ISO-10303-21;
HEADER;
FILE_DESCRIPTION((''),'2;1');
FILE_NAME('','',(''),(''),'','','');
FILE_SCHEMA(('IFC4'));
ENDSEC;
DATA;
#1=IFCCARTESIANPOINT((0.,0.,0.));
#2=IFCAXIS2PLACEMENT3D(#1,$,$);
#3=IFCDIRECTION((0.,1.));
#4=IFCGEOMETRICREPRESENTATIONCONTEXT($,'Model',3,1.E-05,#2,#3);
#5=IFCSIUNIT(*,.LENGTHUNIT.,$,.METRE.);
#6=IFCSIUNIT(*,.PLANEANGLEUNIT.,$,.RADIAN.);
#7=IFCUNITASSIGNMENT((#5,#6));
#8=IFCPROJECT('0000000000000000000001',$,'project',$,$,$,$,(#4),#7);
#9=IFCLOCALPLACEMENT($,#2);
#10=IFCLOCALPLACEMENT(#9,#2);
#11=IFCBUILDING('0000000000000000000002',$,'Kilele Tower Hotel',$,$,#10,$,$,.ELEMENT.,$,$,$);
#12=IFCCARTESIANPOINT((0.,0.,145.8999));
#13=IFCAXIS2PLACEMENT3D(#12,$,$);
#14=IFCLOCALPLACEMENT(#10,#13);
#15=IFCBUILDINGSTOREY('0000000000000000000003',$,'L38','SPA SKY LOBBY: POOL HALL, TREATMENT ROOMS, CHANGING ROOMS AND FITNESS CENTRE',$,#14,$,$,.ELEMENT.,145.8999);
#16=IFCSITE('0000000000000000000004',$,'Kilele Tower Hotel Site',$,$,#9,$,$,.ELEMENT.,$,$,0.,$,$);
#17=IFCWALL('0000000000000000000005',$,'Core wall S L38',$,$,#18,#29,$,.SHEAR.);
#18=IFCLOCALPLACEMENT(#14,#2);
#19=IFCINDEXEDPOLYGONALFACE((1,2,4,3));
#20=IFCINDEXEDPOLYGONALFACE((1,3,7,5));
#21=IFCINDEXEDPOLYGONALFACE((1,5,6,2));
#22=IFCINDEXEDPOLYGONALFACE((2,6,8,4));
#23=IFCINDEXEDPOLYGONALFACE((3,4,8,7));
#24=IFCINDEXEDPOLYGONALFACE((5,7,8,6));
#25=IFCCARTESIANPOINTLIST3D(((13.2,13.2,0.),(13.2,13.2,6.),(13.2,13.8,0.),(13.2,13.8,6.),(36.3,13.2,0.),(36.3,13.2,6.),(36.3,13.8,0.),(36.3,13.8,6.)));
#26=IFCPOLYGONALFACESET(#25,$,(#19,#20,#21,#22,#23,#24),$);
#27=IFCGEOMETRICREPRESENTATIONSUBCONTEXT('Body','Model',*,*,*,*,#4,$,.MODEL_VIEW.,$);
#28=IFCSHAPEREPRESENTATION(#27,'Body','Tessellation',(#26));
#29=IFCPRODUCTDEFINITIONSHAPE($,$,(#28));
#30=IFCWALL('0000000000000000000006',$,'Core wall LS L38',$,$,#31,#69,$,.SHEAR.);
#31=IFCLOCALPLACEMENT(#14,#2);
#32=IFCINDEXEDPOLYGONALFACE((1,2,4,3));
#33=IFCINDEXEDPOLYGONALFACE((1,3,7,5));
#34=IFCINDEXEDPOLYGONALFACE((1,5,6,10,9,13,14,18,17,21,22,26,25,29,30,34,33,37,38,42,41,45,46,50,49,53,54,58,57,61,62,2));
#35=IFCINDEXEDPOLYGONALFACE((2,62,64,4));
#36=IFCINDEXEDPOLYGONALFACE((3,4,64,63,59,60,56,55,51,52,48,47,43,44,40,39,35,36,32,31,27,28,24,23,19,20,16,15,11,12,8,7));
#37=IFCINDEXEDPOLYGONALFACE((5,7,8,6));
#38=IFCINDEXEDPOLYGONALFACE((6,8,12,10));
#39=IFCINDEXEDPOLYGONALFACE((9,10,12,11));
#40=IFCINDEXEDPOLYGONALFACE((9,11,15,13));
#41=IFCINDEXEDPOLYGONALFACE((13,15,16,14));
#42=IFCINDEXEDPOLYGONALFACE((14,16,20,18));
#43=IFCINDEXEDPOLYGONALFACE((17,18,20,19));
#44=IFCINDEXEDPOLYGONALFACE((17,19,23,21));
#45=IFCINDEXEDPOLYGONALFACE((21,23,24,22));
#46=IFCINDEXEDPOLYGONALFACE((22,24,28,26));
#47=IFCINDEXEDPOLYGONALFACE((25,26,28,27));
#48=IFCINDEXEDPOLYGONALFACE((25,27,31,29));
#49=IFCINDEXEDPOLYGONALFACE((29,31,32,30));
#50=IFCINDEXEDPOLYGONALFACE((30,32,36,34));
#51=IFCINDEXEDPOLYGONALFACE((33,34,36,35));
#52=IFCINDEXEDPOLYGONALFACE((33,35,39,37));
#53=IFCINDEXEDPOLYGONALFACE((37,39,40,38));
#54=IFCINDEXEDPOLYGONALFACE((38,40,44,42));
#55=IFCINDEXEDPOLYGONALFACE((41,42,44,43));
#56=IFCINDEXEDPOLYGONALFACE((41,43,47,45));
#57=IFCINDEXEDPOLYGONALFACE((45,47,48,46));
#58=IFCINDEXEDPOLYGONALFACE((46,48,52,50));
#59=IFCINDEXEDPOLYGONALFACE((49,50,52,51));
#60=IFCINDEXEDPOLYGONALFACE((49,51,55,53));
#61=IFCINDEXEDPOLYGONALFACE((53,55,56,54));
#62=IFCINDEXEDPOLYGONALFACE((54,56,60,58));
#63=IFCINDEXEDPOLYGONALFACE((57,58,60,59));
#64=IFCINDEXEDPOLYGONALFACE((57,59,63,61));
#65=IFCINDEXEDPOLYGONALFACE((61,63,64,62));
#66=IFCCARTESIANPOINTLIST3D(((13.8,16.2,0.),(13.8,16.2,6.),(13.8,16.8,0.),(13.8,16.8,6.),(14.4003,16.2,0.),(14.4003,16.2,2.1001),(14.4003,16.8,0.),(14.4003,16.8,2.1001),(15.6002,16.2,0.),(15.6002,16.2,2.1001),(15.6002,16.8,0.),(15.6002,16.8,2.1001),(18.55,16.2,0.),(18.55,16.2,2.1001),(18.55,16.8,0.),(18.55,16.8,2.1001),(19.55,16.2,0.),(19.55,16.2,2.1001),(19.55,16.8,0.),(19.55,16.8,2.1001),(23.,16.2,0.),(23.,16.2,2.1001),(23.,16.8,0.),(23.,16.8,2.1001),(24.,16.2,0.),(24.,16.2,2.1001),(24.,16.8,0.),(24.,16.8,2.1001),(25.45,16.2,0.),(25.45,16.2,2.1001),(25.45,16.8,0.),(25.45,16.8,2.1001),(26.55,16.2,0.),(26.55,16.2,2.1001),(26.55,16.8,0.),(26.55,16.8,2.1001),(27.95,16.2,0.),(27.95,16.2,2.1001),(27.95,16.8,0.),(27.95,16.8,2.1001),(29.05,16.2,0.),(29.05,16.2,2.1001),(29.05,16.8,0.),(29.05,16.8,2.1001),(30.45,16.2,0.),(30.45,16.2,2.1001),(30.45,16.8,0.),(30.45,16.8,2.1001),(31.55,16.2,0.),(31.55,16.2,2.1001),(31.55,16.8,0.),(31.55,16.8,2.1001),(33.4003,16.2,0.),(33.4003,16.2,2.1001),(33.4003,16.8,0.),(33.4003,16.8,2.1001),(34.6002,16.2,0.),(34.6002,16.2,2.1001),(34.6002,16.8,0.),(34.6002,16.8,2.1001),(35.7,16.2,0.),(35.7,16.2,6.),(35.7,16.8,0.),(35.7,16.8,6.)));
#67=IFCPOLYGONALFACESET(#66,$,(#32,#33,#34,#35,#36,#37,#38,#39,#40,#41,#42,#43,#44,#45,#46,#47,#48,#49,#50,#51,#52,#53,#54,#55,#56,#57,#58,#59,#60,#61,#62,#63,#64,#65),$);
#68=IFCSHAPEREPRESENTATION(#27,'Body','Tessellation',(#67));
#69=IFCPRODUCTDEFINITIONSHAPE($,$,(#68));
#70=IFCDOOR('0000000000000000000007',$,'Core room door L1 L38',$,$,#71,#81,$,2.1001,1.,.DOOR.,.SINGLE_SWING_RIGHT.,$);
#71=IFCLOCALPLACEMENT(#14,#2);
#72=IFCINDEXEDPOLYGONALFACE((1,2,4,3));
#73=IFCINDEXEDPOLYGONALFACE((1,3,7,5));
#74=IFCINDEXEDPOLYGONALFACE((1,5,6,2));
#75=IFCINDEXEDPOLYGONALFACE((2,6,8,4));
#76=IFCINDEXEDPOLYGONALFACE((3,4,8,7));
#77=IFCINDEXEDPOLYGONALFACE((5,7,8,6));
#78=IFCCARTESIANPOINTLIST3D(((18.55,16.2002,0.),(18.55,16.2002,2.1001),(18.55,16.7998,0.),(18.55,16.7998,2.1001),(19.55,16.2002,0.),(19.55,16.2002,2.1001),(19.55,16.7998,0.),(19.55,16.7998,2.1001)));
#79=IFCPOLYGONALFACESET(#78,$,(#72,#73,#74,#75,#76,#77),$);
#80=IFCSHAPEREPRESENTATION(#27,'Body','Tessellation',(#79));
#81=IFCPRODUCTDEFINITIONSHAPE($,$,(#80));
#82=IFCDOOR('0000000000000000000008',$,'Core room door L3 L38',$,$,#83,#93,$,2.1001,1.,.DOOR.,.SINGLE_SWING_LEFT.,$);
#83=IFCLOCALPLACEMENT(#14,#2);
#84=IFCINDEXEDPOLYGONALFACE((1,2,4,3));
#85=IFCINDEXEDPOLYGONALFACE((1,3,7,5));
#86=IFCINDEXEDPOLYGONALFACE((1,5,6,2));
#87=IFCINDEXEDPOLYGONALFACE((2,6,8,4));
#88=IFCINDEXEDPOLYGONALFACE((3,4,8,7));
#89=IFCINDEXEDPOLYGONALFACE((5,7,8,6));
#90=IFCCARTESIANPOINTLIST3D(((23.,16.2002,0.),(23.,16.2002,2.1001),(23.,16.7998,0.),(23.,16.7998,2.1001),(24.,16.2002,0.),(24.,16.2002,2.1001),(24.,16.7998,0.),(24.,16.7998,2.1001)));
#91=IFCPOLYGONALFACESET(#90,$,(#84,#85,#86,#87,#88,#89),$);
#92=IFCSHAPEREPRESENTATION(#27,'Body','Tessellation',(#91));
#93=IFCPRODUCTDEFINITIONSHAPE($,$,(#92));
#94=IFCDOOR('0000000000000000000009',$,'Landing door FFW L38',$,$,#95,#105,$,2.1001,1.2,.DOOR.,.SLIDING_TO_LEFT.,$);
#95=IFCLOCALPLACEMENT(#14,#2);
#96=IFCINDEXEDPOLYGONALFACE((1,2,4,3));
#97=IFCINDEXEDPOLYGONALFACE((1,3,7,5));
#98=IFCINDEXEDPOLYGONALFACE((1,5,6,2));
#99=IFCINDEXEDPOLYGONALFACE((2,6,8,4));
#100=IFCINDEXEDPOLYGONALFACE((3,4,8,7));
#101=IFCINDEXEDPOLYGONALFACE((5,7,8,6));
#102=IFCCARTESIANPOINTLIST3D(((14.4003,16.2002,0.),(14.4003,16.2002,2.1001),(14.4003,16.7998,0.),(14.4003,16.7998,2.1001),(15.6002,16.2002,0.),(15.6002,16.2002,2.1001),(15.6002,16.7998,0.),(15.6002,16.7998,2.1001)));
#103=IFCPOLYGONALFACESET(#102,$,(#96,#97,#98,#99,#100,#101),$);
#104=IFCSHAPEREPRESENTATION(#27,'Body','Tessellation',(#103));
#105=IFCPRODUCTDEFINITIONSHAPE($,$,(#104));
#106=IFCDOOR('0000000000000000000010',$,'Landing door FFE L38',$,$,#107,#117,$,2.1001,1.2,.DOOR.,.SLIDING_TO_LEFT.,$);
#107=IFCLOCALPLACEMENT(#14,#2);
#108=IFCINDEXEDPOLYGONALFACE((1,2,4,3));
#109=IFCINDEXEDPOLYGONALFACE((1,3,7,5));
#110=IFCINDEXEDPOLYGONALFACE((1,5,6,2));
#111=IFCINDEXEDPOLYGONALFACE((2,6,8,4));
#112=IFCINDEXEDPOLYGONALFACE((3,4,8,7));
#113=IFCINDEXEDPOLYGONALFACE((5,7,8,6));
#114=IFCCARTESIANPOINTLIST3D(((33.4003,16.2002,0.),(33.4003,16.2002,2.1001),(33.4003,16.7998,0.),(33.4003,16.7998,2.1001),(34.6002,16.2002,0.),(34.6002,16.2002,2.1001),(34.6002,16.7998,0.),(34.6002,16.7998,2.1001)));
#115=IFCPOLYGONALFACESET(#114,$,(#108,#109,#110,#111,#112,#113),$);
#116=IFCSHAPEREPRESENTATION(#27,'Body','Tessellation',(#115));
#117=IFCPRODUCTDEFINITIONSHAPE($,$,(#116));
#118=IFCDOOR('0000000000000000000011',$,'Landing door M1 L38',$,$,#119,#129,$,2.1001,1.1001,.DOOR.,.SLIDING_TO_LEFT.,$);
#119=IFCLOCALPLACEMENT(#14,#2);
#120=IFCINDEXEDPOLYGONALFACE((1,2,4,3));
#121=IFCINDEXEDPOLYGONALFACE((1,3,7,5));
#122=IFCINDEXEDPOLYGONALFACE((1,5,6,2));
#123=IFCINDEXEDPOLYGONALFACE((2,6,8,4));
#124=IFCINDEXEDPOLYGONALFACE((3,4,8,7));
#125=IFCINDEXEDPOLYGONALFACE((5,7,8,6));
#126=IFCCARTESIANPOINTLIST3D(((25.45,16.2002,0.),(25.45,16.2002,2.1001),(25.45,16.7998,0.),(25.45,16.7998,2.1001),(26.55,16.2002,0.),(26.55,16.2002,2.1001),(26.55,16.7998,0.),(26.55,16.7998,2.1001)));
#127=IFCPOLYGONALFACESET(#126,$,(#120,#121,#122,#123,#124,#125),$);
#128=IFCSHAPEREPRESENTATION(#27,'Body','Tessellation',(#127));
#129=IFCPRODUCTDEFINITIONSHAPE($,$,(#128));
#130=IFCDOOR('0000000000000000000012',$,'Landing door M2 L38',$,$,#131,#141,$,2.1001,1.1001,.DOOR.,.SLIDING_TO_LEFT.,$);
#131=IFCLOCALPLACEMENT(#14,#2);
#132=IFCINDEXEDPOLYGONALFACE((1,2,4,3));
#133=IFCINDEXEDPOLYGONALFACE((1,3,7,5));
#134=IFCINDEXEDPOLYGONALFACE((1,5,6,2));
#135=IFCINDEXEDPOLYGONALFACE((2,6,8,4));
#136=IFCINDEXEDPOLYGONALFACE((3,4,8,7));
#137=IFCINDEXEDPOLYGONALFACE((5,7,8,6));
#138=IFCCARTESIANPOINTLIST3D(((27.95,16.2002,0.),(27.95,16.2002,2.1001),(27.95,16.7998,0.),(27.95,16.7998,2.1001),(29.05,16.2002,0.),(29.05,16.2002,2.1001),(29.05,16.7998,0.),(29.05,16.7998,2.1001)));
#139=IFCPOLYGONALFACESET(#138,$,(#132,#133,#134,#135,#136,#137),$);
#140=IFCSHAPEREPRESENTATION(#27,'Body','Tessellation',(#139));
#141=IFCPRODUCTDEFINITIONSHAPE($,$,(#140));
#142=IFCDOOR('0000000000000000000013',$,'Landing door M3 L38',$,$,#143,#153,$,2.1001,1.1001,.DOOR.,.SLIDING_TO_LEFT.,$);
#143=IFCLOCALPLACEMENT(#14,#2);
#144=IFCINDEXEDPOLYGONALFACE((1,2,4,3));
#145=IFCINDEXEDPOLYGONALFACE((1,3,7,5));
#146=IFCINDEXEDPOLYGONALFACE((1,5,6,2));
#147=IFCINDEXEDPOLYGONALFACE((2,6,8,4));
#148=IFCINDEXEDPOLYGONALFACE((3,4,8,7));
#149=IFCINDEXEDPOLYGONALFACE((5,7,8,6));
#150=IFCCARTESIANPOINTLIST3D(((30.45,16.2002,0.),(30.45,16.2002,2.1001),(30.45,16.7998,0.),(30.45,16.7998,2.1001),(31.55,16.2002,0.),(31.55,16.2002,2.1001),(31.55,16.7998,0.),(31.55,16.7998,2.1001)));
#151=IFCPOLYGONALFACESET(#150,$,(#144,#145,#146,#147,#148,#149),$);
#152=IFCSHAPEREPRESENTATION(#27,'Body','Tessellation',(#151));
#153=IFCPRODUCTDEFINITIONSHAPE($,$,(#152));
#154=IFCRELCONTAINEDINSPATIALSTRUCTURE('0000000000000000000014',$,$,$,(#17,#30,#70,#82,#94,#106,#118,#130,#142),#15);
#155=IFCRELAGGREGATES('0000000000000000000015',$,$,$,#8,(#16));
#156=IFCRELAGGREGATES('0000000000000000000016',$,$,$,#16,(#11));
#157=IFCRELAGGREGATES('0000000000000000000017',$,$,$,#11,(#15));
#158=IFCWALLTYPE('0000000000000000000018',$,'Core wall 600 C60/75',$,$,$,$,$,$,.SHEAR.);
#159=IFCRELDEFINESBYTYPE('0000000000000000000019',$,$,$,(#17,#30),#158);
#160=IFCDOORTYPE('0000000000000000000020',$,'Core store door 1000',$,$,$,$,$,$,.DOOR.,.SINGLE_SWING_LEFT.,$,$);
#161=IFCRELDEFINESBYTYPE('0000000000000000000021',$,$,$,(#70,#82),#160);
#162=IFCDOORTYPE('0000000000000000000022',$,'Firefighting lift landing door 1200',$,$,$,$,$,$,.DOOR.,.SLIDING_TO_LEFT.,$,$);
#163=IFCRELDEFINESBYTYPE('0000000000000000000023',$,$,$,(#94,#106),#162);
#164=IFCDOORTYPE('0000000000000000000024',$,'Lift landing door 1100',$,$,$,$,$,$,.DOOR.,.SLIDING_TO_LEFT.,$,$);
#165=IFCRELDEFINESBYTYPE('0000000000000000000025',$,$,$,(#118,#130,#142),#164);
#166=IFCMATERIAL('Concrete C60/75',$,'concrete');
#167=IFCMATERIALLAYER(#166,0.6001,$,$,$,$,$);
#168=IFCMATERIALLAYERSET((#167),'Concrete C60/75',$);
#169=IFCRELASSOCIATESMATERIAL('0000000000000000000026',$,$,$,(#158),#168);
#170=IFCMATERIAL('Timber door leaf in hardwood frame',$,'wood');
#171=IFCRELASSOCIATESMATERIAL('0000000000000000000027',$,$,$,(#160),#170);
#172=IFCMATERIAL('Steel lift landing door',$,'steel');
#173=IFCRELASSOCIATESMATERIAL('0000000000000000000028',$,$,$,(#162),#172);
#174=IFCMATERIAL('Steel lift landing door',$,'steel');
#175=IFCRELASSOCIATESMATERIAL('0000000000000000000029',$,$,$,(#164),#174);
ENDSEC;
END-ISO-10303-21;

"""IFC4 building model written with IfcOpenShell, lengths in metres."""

from ifc_helpers import new_model, si_unit, direction, frame, frame_2d, origin, place, context, subcontext, project, spatial, rectangle, extrude, material, layer, layer_set, type_object, element, fill, save


model = new_model("IFC4")

# Units and contexts
model_context = context("Model", 3, precision=1e-05, world=origin(), true_north=direction((0.0, 1.0)))
body_context = subcontext(model_context, "Body", "Model", "MODEL_VIEW")
ifc_project = project(units=[si_unit("LENGTHUNIT", "METRE"), si_unit("PLANEANGLEUNIT", "RADIAN")], contexts=[model_context])

# Site, building, storey
site_placement = place(None, origin())
site = spatial("IfcSite", under=ifc_project, at=site_placement, Name="Kilele Tower Hotel Site", CompositionType="ELEMENT", RefElevation=0.0)
building_placement = place(site_placement, origin())
building = spatial("IfcBuilding", under=site, at=building_placement, Name="Kilele Tower Hotel", CompositionType="ELEMENT")
storey_placement = place(building_placement, frame((0.0, 0.0, 145.8999)))
storey = spatial("IfcBuildingStorey", under=building, at=storey_placement, Name="L38", Description="SPA SKY LOBBY: POOL HALL, TREATMENT ROOMS, CHANGING ROOMS AND FITNESS CENTRE", CompositionType="ELEMENT", Elevation=145.8999)

# Wall
ifc_material_1 = material(Name="Concrete C60/75", Category="concrete")
ifc_layer_1 = layer(ifc_material_1, 0.6001)
ifc_layer_set_1 = layer_set([ifc_layer_1], Name="Concrete C60/75")
wall_type_1 = type_object("IfcWallType", Name="Core wall 600 C60/75", PredefinedType="SHEAR", material=ifc_layer_set_1)
wall_1_placement = place(storey_placement, frame((13.2, 13.5, 0.0), z_axis=(0.0, 0.0, 1.0), x_axis=(1.0, 0.0, 0.0)))
element("IfcWall", 1, at=wall_1_placement, inside=storey, type_object=wall_type_1, Name="Core wall S L38", PredefinedType="SHEAR", context=body_context, shape_type="SweptSolid", body=[
    extrude(rectangle(XDim=23.1001, YDim=0.6001, at=frame_2d((11.55, 0.0))), origin(), (0.0, 0.0, 1.0), 6.0),
])

# Wall, openings, doors
wall_2_placement = place(storey_placement, frame((13.8, 16.5, 0.0), z_axis=(0.0, 0.0, 1.0), x_axis=(1.0, 0.0, 0.0)))
wall_2 = element("IfcWall", 2, at=wall_2_placement, inside=storey, type_object=wall_type_1, Name="Core wall LS L38", PredefinedType="SHEAR", context=body_context, shape_type="SweptSolid", body=[
    extrude(rectangle(XDim=21.8999, YDim=0.6001, at=frame_2d((10.95, 0.0))), origin(), (0.0, 0.0, 1.0), 6.0),
])
opening_1_placement = place(wall_2_placement, frame((11.6499, 0.0, 0.0)))
opening_1 = element("IfcOpeningElement", 3, at=opening_1_placement, cuts=wall_2, PredefinedType="OPENING", context=body_context, shape_type="SweptSolid", body=[
    extrude(rectangle(XDim=1.1001, YDim=2.1001, at=frame_2d((0.55, 1.05))), frame((0.0, 0.3101, 0.0), z_axis=(0.0, -1.0, 0.0), x_axis=(1.0, 0.0, 0.0)), (0.0, 0.0, 1.0), 0.6201),
])
opening_2_placement = place(wall_2_placement, frame((14.1499, 0.0, 0.0)))
opening_2 = element("IfcOpeningElement", 4, at=opening_2_placement, cuts=wall_2, PredefinedType="OPENING", context=body_context, shape_type="SweptSolid", body=[
    extrude(rectangle(XDim=1.1001, YDim=2.1001, at=frame_2d((0.55, 1.05))), frame((0.0, 0.3101, 0.0), z_axis=(0.0, -1.0, 0.0), x_axis=(1.0, 0.0, 0.0)), (0.0, 0.0, 1.0), 0.6201),
])
opening_3_placement = place(wall_2_placement, frame((16.6499, 0.0, 0.0)))
opening_3 = element("IfcOpeningElement", 5, at=opening_3_placement, cuts=wall_2, PredefinedType="OPENING", context=body_context, shape_type="SweptSolid", body=[
    extrude(rectangle(XDim=1.1001, YDim=2.1001, at=frame_2d((0.55, 1.05))), frame((0.0, 0.3101, 0.0), z_axis=(0.0, -1.0, 0.0), x_axis=(1.0, 0.0, 0.0)), (0.0, 0.0, 1.0), 0.6201),
])
opening_4_placement = place(wall_2_placement, frame((5.75, 0.0, 0.0), z_axis=(0.0, 0.0, 1.0), x_axis=(-1.0, 0.0, 0.0)))
opening_4 = element("IfcOpeningElement", 6, at=opening_4_placement, cuts=wall_2, PredefinedType="OPENING", context=body_context, shape_type="SweptSolid", body=[
    extrude(rectangle(XDim=1.0, YDim=2.1001, at=frame_2d((0.5, 1.05))), frame((0.0, 0.3101, 0.0), z_axis=(0.0, -1.0, 0.0), x_axis=(1.0, 0.0, 0.0)), (0.0, 0.0, 1.0), 0.6201),
])
opening_5_placement = place(wall_2_placement, frame((10.2, 0.0, 0.0), z_axis=(0.0, 0.0, 1.0), x_axis=(-1.0, 0.0, 0.0)))
opening_5 = element("IfcOpeningElement", 7, at=opening_5_placement, cuts=wall_2, PredefinedType="OPENING", context=body_context, shape_type="SweptSolid", body=[
    extrude(rectangle(XDim=1.0, YDim=2.1001, at=frame_2d((0.5, 1.05))), frame((0.0, 0.3101, 0.0), z_axis=(0.0, -1.0, 0.0), x_axis=(1.0, 0.0, 0.0)), (0.0, 0.0, 1.0), 0.6201),
])
opening_6_placement = place(wall_2_placement, frame((0.6001, 0.0, 0.0)))
opening_6 = element("IfcOpeningElement", 8, at=opening_6_placement, cuts=wall_2, PredefinedType="OPENING", context=body_context, shape_type="SweptSolid", body=[
    extrude(rectangle(XDim=1.2, YDim=2.1001, at=frame_2d((0.6001, 1.05))), frame((0.0, 0.3101, 0.0), z_axis=(0.0, -1.0, 0.0), x_axis=(1.0, 0.0, 0.0)), (0.0, 0.0, 1.0), 0.6201),
])
opening_7_placement = place(wall_2_placement, frame((19.6001, 0.0, 0.0)))
opening_7 = element("IfcOpeningElement", 9, at=opening_7_placement, cuts=wall_2, PredefinedType="OPENING", context=body_context, shape_type="SweptSolid", body=[
    extrude(rectangle(XDim=1.2, YDim=2.1001, at=frame_2d((0.6001, 1.05))), frame((0.0, 0.3101, 0.0), z_axis=(0.0, -1.0, 0.0), x_axis=(1.0, 0.0, 0.0)), (0.0, 0.0, 1.0), 0.6201),
])
ifc_material_2 = material(Name="Timber door leaf in hardwood frame", Category="wood")
door_type_1 = type_object("IfcDoorType", Name="Core store door 1000", OperationType="SINGLE_SWING_LEFT", PredefinedType="DOOR", material=ifc_material_2)
door_1_placement = place(opening_4_placement, origin())
door_1 = element("IfcDoor", 10, at=door_1_placement, inside=storey, type_object=door_type_1, Name="Core room door L1 L38", OperationType="SINGLE_SWING_RIGHT", OverallHeight=2.1001, OverallWidth=1.0, PredefinedType="DOOR", context=body_context, shape_type="SweptSolid", body=[
    extrude(rectangle(XDim=1.0, YDim=2.1001, at=frame_2d((0.5, 1.05))), frame((0.0, 0.2998, 0.0), z_axis=(0.0, -1.0, 0.0), x_axis=(1.0, 0.0, 0.0)), (0.0, 0.0, 1.0), 0.5996),
])
fill(opening_4, door_1)
door_2_placement = place(opening_5_placement, origin())
door_2 = element("IfcDoor", 11, at=door_2_placement, inside=storey, type_object=door_type_1, Name="Core room door L3 L38", OperationType="SINGLE_SWING_LEFT", OverallHeight=2.1001, OverallWidth=1.0, PredefinedType="DOOR", context=body_context, shape_type="SweptSolid", body=[
    extrude(rectangle(XDim=1.0, YDim=2.1001, at=frame_2d((0.5, 1.05))), frame((0.0, 0.2998, 0.0), z_axis=(0.0, -1.0, 0.0), x_axis=(1.0, 0.0, 0.0)), (0.0, 0.0, 1.0), 0.5996),
])
fill(opening_5, door_2)
ifc_material_3 = material(Name="Steel lift landing door", Category="steel")
door_type_2 = type_object("IfcDoorType", Name="Firefighting lift landing door 1200", OperationType="SLIDING_TO_LEFT", PredefinedType="DOOR", material=ifc_material_3)
door_3_placement = place(opening_6_placement, origin())
door_3 = element("IfcDoor", 12, at=door_3_placement, inside=storey, type_object=door_type_2, Name="Landing door FFW L38", OperationType="SLIDING_TO_LEFT", OverallHeight=2.1001, OverallWidth=1.2, PredefinedType="DOOR", context=body_context, shape_type="SweptSolid", body=[
    extrude(rectangle(XDim=1.2, YDim=2.1001, at=frame_2d((0.6001, 1.05))), frame((0.0, 0.2998, 0.0), z_axis=(0.0, -1.0, 0.0), x_axis=(1.0, 0.0, 0.0)), (0.0, 0.0, 1.0), 0.5996),
])
fill(opening_6, door_3)
door_4_placement = place(opening_7_placement, origin())
door_4 = element("IfcDoor", 13, at=door_4_placement, inside=storey, type_object=door_type_2, Name="Landing door FFE L38", OperationType="SLIDING_TO_LEFT", OverallHeight=2.1001, OverallWidth=1.2, PredefinedType="DOOR", context=body_context, shape_type="SweptSolid", body=[
    extrude(rectangle(XDim=1.2, YDim=2.1001, at=frame_2d((0.6001, 1.05))), frame((0.0, 0.2998, 0.0), z_axis=(0.0, -1.0, 0.0), x_axis=(1.0, 0.0, 0.0)), (0.0, 0.0, 1.0), 0.5996),
])
fill(opening_7, door_4)
ifc_material_4 = material(Name="Steel lift landing door", Category="steel")
door_type_3 = type_object("IfcDoorType", Name="Lift landing door 1100", OperationType="SLIDING_TO_LEFT", PredefinedType="DOOR", material=ifc_material_4)
door_5_placement = place(opening_1_placement, origin())
door_5 = element("IfcDoor", 14, at=door_5_placement, inside=storey, type_object=door_type_3, Name="Landing door M1 L38", OperationType="SLIDING_TO_LEFT", OverallHeight=2.1001, OverallWidth=1.1001, PredefinedType="DOOR", context=body_context, shape_type="SweptSolid", body=[
    extrude(rectangle(XDim=1.1001, YDim=2.1001, at=frame_2d((0.55, 1.05))), frame((0.0, 0.2998, 0.0), z_axis=(0.0, -1.0, 0.0), x_axis=(1.0, 0.0, 0.0)), (0.0, 0.0, 1.0), 0.5996),
])
fill(opening_1, door_5)
door_6_placement = place(opening_2_placement, origin())
door_6 = element("IfcDoor", 15, at=door_6_placement, inside=storey, type_object=door_type_3, Name="Landing door M2 L38", OperationType="SLIDING_TO_LEFT", OverallHeight=2.1001, OverallWidth=1.1001, PredefinedType="DOOR", context=body_context, shape_type="SweptSolid", body=[
    extrude(rectangle(XDim=1.1001, YDim=2.1001, at=frame_2d((0.55, 1.05))), frame((0.0, 0.2998, 0.0), z_axis=(0.0, -1.0, 0.0), x_axis=(1.0, 0.0, 0.0)), (0.0, 0.0, 1.0), 0.5996),
])
fill(opening_2, door_6)
door_7_placement = place(opening_3_placement, origin())
door_7 = element("IfcDoor", 16, at=door_7_placement, inside=storey, type_object=door_type_3, Name="Landing door M3 L38", OperationType="SLIDING_TO_LEFT", OverallHeight=2.1001, OverallWidth=1.1001, PredefinedType="DOOR", context=body_context, shape_type="SweptSolid", body=[
    extrude(rectangle(XDim=1.1001, YDim=2.1001, at=frame_2d((0.55, 1.05))), frame((0.0, 0.2998, 0.0), z_axis=(0.0, -1.0, 0.0), x_axis=(1.0, 0.0, 0.0)), (0.0, 0.0, 1.0), 0.5996),
])
fill(opening_3, door_7)

save(model, "model.ifc")
